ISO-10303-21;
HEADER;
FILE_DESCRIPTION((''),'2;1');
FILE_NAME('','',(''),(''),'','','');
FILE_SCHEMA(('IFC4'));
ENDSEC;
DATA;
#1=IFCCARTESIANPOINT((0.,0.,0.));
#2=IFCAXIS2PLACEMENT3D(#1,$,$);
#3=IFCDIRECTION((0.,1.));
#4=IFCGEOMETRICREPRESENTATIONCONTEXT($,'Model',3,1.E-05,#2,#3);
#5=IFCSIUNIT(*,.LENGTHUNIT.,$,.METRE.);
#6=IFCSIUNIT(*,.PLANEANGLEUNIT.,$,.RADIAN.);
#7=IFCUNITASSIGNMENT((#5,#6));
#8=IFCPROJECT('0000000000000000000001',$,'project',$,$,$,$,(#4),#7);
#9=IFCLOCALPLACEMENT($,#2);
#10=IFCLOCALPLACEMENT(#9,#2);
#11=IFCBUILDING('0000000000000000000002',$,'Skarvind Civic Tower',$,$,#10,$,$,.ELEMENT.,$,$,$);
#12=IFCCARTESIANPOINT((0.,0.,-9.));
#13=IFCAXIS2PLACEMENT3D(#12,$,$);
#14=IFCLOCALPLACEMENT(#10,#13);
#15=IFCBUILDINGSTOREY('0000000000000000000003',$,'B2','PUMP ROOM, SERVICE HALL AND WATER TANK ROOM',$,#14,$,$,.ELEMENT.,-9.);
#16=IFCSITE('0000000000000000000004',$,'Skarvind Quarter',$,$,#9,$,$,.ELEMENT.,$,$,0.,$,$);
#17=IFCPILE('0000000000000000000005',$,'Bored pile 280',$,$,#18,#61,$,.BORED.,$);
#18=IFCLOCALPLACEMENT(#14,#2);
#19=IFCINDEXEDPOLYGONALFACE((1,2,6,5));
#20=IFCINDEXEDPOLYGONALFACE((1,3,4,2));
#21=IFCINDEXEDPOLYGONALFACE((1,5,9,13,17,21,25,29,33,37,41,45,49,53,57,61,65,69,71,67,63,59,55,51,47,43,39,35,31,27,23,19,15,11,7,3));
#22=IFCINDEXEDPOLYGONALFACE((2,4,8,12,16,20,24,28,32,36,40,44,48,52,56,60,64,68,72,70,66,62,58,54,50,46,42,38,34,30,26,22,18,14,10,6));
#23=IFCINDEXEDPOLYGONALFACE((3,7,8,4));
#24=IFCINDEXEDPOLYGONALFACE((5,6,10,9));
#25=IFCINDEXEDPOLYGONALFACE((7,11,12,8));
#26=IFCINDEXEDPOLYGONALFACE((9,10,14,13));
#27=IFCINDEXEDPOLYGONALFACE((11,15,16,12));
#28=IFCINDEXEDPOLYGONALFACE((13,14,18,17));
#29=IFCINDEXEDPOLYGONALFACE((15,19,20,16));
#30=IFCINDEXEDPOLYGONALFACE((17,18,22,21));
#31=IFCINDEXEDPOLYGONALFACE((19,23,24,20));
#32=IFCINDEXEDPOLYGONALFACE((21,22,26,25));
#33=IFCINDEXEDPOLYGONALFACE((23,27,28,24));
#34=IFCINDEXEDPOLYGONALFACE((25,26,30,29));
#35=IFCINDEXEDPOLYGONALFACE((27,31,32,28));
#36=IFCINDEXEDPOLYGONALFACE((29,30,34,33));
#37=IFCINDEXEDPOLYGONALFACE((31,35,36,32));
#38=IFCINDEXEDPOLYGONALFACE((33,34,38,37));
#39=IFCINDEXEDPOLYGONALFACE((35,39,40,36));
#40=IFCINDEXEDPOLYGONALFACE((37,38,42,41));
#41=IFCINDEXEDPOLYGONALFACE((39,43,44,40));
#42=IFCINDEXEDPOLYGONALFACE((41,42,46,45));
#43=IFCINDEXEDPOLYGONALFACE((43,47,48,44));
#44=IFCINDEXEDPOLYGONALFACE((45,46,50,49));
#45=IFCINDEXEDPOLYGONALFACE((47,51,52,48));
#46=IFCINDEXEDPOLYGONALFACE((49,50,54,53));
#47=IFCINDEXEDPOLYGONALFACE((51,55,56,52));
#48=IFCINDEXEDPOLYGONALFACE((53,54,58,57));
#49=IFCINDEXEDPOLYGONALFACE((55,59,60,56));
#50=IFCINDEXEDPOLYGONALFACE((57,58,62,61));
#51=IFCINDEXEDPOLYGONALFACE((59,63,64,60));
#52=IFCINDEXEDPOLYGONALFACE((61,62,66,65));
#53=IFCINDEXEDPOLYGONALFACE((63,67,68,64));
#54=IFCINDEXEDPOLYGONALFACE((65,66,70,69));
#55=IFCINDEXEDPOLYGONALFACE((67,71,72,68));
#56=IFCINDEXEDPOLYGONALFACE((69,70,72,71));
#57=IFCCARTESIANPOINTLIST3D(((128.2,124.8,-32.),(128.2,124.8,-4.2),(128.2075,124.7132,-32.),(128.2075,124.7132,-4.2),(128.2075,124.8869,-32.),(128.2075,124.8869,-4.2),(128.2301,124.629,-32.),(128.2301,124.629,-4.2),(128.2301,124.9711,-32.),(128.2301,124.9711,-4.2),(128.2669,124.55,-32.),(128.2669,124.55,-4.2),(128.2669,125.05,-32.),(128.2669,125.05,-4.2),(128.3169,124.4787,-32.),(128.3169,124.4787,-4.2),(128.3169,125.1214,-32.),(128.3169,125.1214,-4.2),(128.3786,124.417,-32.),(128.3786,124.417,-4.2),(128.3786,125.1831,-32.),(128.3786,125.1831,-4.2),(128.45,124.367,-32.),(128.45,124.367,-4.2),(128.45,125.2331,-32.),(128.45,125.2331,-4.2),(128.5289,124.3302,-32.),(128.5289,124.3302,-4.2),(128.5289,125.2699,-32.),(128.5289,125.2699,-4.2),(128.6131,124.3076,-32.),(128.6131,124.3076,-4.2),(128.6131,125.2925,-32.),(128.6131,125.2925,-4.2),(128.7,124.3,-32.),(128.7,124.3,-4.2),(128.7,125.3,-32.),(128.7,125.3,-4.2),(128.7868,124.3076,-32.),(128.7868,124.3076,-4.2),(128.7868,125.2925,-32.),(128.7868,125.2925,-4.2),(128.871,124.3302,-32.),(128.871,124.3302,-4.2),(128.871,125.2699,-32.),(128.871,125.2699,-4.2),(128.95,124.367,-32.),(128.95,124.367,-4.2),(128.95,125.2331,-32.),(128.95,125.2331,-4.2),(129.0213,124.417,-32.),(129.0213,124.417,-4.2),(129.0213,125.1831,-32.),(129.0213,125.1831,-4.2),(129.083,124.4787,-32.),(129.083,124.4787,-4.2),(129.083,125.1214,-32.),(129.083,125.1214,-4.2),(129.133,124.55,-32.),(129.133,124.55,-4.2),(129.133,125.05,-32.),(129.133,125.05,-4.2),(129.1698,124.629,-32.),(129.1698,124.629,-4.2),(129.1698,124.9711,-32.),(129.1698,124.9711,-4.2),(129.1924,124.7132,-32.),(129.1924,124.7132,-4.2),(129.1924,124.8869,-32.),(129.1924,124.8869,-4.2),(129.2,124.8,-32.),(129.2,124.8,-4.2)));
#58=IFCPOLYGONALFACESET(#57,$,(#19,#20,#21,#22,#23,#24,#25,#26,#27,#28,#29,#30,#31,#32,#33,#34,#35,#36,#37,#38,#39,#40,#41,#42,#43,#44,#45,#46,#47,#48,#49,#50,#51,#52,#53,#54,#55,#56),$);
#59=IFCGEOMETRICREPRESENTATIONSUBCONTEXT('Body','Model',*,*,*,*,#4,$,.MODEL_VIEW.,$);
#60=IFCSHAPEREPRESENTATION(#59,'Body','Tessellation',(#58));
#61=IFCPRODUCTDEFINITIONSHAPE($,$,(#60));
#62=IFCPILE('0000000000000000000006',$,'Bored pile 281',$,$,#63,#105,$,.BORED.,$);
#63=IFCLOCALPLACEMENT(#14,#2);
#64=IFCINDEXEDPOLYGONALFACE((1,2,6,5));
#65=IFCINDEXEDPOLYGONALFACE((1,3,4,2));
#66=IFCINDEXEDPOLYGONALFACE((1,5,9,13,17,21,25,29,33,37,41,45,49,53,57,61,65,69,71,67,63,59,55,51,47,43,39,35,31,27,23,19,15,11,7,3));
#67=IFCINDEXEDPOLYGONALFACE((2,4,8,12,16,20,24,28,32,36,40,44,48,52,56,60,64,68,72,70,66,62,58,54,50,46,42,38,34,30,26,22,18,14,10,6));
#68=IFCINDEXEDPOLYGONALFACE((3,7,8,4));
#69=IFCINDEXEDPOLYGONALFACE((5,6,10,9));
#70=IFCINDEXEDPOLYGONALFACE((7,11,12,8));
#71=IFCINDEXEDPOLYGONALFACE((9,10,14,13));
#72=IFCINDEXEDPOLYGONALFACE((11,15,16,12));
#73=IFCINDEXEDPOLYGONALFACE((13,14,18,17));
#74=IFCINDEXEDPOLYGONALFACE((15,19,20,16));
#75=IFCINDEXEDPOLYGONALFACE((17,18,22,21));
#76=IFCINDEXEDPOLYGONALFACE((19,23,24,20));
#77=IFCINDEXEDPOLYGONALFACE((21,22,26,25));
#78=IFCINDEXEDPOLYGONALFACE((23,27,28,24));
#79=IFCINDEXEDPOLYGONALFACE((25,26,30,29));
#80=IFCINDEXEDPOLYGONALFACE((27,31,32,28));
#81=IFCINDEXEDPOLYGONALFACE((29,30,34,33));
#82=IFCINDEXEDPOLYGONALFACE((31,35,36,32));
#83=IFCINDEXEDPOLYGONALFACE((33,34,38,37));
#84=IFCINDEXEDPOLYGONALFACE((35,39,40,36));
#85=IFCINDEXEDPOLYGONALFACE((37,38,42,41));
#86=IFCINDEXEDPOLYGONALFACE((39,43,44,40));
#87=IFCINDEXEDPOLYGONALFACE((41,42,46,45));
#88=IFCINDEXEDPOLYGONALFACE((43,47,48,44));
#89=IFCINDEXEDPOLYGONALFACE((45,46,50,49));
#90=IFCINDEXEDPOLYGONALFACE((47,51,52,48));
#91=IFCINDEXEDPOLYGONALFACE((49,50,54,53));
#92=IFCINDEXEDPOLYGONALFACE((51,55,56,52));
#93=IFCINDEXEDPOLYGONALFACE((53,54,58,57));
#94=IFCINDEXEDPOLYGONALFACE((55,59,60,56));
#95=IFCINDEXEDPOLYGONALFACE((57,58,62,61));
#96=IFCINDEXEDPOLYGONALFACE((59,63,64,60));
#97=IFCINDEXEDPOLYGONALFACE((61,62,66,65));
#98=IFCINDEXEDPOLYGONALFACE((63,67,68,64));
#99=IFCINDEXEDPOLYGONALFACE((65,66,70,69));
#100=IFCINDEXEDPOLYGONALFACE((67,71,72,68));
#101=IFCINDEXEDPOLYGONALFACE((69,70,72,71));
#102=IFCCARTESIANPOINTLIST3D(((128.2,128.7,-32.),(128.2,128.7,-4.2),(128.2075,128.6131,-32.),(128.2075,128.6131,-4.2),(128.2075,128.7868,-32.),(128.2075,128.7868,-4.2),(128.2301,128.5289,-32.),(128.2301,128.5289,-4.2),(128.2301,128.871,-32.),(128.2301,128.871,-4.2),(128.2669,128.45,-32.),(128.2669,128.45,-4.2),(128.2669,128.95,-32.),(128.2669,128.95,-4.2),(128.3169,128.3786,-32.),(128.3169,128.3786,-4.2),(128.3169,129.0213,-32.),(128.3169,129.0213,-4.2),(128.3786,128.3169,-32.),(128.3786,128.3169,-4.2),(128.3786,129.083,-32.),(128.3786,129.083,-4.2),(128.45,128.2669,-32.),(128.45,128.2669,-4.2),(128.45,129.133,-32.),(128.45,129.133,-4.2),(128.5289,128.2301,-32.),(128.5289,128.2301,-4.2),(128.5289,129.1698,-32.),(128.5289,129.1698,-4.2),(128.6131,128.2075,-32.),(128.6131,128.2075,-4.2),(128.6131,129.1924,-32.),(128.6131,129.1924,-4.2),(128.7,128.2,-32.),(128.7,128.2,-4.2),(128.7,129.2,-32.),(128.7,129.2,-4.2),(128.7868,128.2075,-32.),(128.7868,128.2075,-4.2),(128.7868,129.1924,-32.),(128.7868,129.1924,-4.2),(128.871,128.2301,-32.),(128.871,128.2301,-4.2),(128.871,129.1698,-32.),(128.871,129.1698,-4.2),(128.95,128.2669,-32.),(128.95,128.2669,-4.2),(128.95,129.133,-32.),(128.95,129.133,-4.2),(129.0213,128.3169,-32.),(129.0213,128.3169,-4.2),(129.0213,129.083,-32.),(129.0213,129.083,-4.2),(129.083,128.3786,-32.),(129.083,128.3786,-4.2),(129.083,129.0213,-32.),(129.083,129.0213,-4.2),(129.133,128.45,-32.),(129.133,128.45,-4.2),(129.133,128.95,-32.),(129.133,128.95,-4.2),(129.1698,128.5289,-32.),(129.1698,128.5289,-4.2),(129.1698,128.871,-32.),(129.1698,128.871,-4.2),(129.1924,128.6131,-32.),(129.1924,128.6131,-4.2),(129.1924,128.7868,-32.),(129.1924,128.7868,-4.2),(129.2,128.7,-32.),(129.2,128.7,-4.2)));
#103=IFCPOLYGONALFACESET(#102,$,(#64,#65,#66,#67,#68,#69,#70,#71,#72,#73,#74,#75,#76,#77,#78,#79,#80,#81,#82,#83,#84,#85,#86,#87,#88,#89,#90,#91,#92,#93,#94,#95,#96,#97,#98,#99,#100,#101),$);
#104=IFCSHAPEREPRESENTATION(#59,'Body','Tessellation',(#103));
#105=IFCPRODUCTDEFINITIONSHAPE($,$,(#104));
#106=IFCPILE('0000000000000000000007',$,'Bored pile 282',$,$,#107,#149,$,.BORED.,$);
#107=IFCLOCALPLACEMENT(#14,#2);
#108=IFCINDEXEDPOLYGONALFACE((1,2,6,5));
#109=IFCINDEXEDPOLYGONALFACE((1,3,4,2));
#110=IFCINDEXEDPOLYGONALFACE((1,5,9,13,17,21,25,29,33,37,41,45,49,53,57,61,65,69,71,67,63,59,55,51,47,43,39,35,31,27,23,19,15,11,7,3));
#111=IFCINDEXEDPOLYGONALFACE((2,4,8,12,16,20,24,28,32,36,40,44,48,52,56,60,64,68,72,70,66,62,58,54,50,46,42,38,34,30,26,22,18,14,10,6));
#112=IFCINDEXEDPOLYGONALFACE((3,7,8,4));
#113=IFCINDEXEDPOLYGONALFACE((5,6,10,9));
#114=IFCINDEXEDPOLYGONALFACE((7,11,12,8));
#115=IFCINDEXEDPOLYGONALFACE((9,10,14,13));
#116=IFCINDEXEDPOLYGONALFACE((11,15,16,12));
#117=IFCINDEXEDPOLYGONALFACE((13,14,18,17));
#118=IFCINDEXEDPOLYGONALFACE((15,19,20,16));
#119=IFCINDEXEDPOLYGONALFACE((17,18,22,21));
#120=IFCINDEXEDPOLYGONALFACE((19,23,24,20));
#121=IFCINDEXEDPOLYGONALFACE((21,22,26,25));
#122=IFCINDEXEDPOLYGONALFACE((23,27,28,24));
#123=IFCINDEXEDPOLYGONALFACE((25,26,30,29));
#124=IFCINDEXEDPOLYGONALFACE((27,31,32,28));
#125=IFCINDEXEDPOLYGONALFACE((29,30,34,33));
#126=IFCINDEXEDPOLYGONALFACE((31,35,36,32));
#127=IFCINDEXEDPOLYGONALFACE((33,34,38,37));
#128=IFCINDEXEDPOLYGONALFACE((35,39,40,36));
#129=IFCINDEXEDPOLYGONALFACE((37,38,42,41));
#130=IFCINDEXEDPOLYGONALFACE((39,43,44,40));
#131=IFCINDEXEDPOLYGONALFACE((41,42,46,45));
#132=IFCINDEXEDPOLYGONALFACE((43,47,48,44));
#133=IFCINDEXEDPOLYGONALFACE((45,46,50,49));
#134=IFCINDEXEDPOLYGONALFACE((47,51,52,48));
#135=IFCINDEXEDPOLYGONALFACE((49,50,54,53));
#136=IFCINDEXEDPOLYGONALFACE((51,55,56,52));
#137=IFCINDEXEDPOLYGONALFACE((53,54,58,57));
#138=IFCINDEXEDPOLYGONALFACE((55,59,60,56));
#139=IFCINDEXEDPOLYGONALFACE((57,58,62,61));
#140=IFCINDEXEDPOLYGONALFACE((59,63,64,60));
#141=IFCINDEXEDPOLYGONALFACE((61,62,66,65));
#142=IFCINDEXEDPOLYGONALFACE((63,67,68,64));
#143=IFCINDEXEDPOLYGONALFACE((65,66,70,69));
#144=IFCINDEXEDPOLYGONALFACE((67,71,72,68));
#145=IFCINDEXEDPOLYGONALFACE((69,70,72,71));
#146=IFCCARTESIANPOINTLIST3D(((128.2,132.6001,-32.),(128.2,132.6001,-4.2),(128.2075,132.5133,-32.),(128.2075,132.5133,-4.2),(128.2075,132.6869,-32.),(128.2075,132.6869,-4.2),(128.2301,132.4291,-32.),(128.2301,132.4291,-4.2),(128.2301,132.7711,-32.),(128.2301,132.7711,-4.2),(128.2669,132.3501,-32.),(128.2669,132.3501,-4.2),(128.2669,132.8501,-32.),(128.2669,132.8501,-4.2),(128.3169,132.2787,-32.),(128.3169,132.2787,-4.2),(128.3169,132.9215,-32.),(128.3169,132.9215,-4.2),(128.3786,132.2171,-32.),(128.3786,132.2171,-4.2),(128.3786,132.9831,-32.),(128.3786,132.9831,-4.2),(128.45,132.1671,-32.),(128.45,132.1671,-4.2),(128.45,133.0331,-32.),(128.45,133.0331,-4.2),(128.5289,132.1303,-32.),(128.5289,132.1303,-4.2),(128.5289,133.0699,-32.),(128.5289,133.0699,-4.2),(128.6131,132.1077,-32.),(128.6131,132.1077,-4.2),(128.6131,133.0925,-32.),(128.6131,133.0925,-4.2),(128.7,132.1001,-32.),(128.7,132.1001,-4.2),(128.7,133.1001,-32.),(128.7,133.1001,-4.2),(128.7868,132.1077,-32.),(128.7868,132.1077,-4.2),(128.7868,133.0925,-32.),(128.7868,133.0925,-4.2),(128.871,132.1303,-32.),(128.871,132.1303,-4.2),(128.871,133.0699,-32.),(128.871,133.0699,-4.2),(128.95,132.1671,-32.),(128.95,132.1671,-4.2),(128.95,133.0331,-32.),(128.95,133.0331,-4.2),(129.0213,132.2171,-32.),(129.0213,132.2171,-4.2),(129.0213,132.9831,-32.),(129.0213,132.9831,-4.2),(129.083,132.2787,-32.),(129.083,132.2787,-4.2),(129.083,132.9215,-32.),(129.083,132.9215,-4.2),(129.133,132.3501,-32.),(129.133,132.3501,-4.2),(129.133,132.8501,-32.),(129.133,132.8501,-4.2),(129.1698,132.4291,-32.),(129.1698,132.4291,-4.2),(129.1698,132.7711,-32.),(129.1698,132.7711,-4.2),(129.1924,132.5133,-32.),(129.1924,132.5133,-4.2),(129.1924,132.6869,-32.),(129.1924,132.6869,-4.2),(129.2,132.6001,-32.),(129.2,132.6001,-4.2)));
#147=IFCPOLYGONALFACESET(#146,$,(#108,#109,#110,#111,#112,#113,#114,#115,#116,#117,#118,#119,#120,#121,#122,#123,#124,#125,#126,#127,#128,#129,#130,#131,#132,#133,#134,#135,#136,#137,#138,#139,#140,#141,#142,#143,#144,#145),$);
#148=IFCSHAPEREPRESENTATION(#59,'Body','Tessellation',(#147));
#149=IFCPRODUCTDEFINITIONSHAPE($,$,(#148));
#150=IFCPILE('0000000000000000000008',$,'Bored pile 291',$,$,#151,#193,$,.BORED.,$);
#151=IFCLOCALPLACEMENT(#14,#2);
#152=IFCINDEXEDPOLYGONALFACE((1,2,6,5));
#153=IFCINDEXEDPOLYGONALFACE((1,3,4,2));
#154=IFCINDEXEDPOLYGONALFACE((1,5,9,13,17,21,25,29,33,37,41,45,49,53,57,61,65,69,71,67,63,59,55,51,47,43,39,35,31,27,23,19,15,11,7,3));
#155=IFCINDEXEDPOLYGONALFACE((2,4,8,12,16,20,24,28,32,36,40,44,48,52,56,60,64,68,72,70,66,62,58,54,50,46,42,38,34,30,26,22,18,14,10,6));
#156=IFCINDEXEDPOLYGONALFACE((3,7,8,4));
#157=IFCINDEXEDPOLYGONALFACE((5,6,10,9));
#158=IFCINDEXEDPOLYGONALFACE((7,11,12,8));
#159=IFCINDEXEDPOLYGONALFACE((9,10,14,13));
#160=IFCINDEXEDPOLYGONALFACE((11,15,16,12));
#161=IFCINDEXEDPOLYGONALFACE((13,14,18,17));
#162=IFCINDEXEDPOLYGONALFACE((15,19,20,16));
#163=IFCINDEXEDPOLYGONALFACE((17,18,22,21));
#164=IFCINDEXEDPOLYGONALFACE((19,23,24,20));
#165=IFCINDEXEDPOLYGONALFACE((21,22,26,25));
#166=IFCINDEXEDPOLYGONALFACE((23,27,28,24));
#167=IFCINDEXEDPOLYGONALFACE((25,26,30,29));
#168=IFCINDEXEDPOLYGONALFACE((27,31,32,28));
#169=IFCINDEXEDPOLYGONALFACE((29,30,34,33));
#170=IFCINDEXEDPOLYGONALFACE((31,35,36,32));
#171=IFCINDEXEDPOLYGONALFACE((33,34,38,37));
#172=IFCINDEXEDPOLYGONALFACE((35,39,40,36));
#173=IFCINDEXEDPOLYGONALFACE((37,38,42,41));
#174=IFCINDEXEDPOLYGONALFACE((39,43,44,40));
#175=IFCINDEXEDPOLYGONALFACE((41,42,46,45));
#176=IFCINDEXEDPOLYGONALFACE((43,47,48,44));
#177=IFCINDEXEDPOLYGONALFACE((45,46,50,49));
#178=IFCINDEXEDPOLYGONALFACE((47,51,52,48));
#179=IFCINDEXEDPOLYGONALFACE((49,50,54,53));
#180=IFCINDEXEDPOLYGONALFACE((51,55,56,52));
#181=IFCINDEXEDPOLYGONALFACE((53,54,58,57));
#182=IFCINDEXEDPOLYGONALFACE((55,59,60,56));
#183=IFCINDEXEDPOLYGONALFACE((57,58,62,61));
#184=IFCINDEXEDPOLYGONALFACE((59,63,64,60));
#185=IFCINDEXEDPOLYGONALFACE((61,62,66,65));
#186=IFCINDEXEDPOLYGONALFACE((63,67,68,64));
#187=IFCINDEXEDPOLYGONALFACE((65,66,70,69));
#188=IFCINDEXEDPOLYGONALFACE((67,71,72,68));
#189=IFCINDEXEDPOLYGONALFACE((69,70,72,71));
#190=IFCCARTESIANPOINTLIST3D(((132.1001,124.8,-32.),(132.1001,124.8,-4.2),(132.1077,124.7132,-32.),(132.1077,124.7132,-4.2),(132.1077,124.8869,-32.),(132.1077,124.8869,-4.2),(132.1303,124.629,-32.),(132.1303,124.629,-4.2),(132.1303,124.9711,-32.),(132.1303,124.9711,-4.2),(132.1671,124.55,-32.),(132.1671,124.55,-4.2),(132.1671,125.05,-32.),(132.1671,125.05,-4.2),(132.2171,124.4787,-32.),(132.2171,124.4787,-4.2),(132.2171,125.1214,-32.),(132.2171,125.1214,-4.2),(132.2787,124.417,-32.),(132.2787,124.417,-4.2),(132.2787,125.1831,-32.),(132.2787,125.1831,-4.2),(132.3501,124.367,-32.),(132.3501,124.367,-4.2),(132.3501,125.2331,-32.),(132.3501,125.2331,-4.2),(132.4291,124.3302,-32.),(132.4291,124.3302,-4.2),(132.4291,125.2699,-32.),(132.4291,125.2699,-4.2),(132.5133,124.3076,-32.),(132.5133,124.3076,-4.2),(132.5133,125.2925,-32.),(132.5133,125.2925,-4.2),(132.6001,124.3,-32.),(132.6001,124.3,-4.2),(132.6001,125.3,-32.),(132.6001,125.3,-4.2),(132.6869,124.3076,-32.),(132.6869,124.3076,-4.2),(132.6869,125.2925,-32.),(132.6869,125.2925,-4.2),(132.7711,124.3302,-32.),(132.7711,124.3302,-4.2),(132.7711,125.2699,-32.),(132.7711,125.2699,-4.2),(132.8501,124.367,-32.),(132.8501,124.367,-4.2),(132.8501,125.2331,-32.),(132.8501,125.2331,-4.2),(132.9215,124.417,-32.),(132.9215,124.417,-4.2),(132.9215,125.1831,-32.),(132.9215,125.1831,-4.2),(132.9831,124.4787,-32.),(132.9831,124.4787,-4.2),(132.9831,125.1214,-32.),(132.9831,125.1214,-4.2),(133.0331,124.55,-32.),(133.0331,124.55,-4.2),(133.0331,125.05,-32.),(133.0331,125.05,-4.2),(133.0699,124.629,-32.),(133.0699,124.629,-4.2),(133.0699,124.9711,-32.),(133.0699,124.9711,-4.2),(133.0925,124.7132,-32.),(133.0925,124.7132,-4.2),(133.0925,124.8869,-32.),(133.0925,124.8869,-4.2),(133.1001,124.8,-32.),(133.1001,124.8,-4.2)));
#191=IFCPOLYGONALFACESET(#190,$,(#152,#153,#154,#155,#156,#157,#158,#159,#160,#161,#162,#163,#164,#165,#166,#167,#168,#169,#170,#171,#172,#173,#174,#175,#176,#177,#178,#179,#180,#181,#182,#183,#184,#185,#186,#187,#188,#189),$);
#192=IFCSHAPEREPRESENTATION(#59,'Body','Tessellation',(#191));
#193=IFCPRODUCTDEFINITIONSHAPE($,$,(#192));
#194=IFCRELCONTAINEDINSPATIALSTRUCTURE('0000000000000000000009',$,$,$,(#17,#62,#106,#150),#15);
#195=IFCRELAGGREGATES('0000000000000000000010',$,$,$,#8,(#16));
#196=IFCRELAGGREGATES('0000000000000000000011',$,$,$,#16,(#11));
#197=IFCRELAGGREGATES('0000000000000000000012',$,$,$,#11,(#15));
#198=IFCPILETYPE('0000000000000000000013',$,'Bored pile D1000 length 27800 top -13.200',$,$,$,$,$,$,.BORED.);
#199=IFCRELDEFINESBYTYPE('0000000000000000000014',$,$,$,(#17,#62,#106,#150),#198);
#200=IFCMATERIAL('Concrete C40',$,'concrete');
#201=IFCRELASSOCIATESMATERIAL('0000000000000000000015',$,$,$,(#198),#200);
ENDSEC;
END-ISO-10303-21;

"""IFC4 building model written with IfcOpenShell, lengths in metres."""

from ifc_helpers import new_model, si_unit, direction, frame, origin, origin_2d, place, context, subcontext, project, spatial, circle, extrude, material, type_object, element, save


model = new_model("IFC4")

# Units and contexts
model_context = context("Model", 3, precision=1e-05, world=origin(), true_north=direction((0.0, 1.0)))
body_context = subcontext(model_context, "Body", "Model", "MODEL_VIEW")
ifc_project = project(units=[si_unit("LENGTHUNIT", "METRE"), si_unit("PLANEANGLEUNIT", "RADIAN")], contexts=[model_context])

# Site, building, storey
site_placement = place(None, origin())
site = spatial("IfcSite", under=ifc_project, at=site_placement, Name="Skarvind Quarter", CompositionType="ELEMENT", RefElevation=0.0)
building_placement = place(site_placement, origin())
building = spatial("IfcBuilding", under=site, at=building_placement, Name="Skarvind Civic Tower", CompositionType="ELEMENT")
storey_placement = place(building_placement, frame((0.0, 0.0, -9.0)))
storey = spatial("IfcBuildingStorey", under=building, at=storey_placement, Name="B2", Description="PUMP ROOM, SERVICE HALL AND WATER TANK ROOM", CompositionType="ELEMENT", Elevation=-9.0)

# Piles
ifc_material_1 = material(Name="Concrete C40", Category="concrete")
pile_type = type_object("IfcPileType", Name="Bored pile D1000 length 27800 top -13.200", PredefinedType="BORED", material=ifc_material_1)
for number, where, z_axis, x_axis, name in (
    (1, (128.7, 124.8, -4.2), (0.0, 0.0, -1.0), (1.0, 0.0, 0.0), "Bored pile 280"),
    (2, (128.7, 128.7, -4.2), (0.0, 0.0, -1.0), (1.0, 0.0, 0.0), "Bored pile 281"),
    (3, (128.7, 132.6001, -4.2), (0.0, 0.0, -1.0), (1.0, 0.0, 0.0), "Bored pile 282"),
    (4, (132.6001, 124.8, -4.2), (0.0, 0.0, -1.0), (1.0, 0.0, 0.0), "Bored pile 291"),
):
    element("IfcPile", number, at=place(storey_placement, frame(where, z_axis=z_axis, x_axis=x_axis)), inside=storey, type_object=pile_type, Name=name, PredefinedType="BORED", context=body_context, shape_type="SweptSolid", body=[
        extrude(circle(Radius=0.5, at=origin_2d()), origin(), (0.0, 0.0, 1.0), 27.8),
    ])

save(model, "model.ifc")
